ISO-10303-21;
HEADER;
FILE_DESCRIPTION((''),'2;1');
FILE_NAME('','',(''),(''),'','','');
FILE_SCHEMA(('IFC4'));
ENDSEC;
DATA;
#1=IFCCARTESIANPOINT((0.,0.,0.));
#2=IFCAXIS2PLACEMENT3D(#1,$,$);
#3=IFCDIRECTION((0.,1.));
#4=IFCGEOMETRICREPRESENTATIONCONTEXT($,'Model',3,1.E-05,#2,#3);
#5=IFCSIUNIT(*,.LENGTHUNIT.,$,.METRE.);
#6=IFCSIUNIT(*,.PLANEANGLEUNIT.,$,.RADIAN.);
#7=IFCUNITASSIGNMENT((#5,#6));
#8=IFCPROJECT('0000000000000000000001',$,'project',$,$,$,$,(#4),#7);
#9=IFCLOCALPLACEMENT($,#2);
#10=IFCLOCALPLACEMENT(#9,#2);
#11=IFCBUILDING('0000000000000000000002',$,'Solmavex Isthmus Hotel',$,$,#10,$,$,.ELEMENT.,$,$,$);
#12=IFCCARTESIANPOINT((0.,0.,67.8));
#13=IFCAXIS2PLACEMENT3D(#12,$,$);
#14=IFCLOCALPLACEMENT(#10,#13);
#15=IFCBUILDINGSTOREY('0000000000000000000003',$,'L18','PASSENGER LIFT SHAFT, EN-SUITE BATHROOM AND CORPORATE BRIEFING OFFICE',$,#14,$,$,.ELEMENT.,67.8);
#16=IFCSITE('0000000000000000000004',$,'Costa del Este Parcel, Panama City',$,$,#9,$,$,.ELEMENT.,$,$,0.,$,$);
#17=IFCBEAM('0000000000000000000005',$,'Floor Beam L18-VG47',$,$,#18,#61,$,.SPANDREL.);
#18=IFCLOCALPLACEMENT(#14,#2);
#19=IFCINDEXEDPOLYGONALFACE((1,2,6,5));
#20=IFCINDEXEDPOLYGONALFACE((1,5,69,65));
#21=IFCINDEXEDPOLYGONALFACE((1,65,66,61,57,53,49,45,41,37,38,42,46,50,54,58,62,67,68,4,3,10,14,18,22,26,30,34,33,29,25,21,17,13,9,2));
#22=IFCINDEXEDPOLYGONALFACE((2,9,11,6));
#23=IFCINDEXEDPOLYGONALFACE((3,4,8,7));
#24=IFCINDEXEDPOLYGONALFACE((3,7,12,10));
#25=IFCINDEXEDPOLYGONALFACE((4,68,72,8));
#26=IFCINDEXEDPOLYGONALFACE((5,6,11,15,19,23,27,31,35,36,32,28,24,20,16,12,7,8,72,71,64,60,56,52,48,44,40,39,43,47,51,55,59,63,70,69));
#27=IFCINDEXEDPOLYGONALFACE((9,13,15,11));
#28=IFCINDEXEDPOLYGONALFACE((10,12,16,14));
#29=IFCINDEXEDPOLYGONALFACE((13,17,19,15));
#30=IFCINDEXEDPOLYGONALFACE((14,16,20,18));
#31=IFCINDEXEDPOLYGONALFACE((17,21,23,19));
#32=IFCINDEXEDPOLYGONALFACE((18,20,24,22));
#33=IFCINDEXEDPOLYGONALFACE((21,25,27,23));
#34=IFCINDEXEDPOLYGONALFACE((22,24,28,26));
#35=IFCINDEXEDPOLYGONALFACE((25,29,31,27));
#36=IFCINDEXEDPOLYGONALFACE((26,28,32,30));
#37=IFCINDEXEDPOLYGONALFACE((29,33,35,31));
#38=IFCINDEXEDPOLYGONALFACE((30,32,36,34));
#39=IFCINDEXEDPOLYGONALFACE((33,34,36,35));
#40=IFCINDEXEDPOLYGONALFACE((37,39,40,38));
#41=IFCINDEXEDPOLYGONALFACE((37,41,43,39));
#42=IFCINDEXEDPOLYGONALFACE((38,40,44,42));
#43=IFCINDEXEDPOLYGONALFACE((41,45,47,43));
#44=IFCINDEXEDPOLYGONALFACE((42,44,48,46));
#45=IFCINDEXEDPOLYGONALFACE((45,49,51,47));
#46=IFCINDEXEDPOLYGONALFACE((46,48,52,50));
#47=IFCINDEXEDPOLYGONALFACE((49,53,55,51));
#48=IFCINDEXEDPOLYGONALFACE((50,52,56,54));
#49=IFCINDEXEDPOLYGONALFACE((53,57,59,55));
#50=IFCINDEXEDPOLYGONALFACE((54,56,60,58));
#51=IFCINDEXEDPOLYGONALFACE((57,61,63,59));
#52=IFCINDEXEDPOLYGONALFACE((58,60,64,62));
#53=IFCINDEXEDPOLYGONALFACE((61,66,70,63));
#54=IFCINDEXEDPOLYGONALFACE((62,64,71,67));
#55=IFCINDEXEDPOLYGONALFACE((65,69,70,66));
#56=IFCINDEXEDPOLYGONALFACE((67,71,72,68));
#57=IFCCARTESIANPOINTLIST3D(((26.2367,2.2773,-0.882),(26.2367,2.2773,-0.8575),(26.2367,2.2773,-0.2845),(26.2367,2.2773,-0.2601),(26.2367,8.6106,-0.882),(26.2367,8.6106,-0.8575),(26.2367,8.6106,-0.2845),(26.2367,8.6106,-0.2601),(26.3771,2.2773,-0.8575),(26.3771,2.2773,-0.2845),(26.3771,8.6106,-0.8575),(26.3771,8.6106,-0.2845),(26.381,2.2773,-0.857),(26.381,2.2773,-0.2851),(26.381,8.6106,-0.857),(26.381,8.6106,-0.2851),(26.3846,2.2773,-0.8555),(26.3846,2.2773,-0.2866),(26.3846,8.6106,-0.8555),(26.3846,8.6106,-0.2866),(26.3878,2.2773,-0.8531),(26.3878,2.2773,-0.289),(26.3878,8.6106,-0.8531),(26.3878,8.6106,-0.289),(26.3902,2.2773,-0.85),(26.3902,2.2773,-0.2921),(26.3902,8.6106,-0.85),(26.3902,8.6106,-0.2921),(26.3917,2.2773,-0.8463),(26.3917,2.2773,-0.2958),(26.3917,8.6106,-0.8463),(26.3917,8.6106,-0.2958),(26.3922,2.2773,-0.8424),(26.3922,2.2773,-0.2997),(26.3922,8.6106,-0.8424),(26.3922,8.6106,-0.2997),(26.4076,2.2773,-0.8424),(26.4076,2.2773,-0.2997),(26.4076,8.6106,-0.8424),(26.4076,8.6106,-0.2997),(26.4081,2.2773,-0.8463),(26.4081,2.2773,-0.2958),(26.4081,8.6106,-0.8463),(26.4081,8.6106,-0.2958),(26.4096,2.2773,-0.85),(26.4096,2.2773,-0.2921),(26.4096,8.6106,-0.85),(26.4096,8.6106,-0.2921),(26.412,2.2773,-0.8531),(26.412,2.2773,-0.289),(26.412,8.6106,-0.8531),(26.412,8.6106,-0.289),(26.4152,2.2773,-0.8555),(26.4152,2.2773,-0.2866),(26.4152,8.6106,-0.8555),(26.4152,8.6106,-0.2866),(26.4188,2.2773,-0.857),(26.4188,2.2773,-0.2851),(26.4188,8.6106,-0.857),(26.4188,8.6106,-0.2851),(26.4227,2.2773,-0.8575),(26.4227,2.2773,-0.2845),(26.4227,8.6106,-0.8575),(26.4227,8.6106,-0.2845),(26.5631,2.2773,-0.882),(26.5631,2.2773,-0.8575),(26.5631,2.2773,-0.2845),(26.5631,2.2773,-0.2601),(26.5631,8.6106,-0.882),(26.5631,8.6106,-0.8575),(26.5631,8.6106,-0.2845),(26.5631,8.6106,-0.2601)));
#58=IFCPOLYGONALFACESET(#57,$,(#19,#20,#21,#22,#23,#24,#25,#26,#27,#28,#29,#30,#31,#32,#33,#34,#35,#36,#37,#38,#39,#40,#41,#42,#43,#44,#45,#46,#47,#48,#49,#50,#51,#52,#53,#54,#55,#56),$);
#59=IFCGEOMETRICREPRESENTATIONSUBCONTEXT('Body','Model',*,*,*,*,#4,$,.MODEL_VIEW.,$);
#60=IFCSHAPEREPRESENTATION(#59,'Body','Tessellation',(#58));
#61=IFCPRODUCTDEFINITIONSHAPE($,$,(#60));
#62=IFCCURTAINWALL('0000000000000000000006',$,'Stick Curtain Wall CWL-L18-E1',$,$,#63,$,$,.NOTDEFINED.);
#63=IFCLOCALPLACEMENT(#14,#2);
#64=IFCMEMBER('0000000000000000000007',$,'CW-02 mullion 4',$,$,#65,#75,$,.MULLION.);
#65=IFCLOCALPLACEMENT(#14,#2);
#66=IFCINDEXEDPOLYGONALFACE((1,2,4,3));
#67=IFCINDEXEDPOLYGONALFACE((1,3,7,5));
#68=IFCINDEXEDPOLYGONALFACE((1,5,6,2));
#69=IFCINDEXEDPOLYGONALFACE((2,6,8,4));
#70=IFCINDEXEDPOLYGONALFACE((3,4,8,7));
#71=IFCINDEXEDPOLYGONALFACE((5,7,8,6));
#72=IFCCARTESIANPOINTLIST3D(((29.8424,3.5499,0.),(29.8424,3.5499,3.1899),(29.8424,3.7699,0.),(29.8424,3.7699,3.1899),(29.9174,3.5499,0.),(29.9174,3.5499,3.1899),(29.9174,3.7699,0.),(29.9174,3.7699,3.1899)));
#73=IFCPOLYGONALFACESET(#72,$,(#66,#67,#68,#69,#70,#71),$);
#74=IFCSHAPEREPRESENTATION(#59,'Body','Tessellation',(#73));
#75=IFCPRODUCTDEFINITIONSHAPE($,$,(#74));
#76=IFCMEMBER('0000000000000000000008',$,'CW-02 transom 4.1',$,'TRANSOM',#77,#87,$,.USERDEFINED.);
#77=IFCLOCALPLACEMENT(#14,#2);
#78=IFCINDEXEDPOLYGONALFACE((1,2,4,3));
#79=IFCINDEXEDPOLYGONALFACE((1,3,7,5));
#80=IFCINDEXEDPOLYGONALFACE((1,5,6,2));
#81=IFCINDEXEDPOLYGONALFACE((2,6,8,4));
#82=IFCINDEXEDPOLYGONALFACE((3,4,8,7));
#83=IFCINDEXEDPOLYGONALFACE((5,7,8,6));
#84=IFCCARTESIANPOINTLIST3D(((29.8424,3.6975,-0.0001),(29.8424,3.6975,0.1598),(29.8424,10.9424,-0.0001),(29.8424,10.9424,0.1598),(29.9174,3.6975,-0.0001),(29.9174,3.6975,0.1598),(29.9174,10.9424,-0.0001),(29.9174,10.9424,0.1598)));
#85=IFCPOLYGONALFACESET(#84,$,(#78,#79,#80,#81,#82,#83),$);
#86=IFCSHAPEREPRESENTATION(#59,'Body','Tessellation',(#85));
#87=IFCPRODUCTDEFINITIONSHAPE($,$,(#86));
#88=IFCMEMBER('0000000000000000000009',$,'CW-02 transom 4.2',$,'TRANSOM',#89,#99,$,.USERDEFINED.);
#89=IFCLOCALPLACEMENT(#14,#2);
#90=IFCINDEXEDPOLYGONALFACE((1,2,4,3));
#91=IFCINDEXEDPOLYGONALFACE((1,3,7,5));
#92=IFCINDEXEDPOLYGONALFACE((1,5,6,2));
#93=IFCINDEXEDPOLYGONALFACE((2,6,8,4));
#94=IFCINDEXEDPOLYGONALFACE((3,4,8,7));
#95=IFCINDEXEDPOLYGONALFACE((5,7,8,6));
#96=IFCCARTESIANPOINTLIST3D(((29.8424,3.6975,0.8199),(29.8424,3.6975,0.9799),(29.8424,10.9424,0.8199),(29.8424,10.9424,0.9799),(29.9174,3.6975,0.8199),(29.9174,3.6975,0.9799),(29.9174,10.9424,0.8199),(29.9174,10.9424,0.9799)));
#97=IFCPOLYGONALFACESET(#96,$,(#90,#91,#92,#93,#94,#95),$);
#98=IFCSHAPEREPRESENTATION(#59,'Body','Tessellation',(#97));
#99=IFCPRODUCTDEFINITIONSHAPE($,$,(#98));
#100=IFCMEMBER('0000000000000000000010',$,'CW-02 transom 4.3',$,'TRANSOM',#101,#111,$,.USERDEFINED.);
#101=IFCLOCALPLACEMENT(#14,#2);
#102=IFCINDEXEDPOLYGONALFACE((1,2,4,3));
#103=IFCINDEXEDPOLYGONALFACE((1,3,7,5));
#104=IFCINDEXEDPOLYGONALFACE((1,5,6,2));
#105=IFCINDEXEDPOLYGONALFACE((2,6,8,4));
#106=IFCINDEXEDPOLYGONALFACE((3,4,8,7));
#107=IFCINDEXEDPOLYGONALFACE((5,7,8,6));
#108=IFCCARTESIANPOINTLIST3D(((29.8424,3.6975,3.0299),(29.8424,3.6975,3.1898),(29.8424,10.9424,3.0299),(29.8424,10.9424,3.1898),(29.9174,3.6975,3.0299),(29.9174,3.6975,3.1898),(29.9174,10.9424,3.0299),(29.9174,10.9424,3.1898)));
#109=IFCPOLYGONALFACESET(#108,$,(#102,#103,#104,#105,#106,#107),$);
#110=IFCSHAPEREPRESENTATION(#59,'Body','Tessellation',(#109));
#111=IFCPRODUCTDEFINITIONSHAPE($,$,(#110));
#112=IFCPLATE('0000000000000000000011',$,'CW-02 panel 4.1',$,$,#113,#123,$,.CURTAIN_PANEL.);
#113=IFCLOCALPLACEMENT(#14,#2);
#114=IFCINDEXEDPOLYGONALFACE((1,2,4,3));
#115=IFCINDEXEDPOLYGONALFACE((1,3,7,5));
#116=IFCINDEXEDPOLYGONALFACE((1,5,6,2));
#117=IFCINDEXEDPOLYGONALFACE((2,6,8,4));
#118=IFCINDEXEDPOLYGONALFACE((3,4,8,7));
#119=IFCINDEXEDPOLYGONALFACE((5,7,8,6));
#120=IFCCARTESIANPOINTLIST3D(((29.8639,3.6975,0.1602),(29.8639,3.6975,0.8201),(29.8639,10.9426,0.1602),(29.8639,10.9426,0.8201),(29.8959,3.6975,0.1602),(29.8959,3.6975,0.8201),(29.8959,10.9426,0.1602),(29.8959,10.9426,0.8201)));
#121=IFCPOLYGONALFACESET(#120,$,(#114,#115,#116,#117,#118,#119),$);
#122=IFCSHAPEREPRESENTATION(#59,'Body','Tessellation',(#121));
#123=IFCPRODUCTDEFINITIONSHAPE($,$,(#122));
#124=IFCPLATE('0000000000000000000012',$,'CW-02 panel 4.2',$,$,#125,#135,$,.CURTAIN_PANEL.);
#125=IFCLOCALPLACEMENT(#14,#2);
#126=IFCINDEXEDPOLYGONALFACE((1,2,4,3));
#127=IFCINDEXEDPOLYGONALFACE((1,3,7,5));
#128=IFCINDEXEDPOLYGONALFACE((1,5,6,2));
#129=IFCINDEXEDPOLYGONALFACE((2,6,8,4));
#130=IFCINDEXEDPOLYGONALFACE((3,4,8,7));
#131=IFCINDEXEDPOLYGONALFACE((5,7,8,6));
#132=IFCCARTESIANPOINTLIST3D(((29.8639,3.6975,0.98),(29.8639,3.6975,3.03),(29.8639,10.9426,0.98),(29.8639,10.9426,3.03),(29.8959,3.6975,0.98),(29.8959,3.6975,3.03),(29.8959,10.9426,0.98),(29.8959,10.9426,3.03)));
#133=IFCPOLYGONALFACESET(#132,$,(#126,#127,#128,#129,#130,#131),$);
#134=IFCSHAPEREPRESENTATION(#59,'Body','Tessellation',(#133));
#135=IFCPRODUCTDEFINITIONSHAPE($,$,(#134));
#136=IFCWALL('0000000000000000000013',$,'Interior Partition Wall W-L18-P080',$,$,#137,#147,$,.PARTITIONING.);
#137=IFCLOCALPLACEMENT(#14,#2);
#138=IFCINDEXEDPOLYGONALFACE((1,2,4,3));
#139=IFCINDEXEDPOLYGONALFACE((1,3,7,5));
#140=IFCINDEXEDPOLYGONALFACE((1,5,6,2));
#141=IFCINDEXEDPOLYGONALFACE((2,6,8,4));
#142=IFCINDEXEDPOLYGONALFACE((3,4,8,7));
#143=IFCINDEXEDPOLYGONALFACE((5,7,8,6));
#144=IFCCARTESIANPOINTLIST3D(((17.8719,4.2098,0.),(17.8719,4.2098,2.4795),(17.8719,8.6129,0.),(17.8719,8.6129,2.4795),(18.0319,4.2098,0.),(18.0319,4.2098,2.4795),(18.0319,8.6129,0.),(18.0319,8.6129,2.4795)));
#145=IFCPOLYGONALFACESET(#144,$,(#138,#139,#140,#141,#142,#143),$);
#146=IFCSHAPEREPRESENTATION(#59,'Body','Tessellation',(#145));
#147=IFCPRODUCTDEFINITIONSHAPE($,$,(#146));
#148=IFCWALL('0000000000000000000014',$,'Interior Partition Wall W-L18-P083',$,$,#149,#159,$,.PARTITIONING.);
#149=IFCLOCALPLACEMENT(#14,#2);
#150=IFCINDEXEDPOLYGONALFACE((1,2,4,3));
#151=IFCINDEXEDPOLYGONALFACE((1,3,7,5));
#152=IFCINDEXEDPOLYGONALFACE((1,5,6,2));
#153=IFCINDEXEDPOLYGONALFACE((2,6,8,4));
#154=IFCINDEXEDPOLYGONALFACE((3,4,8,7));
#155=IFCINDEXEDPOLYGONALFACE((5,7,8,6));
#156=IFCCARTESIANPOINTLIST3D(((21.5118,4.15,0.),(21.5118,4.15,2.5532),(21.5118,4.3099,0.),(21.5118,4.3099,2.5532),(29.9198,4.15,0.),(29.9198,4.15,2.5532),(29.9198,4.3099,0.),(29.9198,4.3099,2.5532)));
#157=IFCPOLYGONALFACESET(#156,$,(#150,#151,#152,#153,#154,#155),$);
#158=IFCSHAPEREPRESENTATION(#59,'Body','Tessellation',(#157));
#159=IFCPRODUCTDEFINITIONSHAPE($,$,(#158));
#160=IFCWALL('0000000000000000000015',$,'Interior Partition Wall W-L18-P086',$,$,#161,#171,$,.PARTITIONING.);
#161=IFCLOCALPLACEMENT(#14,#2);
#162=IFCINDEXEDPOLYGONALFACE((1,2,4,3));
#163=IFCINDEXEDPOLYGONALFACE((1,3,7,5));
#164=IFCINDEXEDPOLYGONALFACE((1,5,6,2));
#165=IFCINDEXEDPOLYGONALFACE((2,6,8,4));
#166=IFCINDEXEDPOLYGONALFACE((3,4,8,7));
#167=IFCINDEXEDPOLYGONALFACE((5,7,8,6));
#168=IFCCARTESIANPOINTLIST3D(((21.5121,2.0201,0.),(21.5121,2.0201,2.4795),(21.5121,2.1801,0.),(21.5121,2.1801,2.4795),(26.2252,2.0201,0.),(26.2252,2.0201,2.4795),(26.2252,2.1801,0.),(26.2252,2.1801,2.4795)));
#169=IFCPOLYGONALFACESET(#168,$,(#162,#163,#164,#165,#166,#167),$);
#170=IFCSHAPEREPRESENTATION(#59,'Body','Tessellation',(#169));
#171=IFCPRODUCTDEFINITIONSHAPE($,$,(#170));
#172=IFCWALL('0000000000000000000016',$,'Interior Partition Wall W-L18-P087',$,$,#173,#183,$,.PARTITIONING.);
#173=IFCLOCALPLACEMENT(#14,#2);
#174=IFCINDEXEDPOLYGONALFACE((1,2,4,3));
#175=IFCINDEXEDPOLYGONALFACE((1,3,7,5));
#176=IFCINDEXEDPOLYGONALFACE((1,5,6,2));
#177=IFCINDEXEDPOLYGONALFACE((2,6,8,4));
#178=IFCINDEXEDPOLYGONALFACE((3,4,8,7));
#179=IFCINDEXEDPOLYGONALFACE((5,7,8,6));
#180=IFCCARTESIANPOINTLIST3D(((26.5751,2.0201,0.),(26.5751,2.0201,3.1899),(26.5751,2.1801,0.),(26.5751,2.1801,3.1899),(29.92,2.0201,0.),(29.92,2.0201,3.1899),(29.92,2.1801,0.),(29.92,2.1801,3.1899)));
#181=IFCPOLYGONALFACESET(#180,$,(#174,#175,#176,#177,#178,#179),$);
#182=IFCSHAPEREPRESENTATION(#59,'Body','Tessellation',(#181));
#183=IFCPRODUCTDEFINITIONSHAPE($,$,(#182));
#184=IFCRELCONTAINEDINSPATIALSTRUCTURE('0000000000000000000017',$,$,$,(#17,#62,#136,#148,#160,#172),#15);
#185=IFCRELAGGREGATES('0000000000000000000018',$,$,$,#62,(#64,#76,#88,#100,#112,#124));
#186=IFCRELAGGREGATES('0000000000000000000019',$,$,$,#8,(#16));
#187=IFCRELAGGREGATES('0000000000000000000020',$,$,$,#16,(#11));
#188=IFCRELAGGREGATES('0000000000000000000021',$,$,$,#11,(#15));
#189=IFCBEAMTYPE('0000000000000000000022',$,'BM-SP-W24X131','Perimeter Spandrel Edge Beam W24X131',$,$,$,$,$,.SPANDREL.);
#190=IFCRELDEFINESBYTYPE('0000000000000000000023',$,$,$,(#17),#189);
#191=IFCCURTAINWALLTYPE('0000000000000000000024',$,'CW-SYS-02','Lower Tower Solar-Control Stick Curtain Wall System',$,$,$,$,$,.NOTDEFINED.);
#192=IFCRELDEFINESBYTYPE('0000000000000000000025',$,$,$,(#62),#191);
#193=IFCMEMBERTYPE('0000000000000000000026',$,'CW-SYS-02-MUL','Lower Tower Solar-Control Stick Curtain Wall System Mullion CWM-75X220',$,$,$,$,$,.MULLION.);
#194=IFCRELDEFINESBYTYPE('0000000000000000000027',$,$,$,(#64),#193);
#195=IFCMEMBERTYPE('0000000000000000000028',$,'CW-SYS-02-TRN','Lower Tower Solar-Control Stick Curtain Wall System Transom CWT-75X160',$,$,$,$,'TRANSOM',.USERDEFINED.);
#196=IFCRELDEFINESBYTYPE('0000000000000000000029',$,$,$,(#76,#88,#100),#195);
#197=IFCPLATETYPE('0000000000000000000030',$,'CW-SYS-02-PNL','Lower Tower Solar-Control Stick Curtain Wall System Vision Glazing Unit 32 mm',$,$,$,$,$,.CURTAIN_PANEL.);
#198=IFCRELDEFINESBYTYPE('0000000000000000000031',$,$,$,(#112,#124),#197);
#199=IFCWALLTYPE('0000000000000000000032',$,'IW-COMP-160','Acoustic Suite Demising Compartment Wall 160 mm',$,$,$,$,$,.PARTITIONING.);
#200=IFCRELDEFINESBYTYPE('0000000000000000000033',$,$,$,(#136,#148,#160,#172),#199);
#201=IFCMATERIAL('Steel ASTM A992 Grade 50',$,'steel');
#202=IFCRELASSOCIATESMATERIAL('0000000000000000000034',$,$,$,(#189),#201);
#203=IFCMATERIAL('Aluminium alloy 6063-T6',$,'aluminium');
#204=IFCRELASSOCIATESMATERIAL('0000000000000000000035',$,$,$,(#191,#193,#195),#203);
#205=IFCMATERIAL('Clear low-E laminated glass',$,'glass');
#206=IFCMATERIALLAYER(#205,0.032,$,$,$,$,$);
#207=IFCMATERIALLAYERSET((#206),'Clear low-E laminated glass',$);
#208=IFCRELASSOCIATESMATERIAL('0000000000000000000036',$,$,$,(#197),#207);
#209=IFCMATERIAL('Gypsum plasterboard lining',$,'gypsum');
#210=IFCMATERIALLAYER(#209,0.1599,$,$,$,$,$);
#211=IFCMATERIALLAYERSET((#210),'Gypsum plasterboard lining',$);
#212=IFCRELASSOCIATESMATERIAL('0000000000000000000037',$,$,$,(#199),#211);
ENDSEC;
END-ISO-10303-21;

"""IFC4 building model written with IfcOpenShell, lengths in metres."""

from ifc_helpers import new_model, si_unit, direction, frame, frame_2d, origin, origin_2d, place, context, subcontext, project, spatial, rectangle, i_section, extrude, material, layer, layer_set, material_profile, profile_set, type_object, element, aggregate, save


model = new_model("IFC4")

# Units and contexts
model_context = context("Model", 3, precision=1e-05, world=origin(), true_north=direction((0.0, 1.0)))
body_context = subcontext(model_context, "Body", "Model", "MODEL_VIEW")
ifc_project = project(units=[si_unit("LENGTHUNIT", "METRE"), si_unit("PLANEANGLEUNIT", "RADIAN")], contexts=[model_context])

# Site, building, storey
site_placement = place(None, origin())
site = spatial("IfcSite", under=ifc_project, at=site_placement, Name="Costa del Este Parcel, Panama City", CompositionType="ELEMENT", RefElevation=0.0)
building_placement = place(site_placement, origin())
building = spatial("IfcBuilding", under=site, at=building_placement, Name="Solmavex Isthmus Hotel", CompositionType="ELEMENT")
storey_placement = place(building_placement, frame((0.0, 0.0, 67.8)))
storey = spatial("IfcBuildingStorey", under=building, at=storey_placement, Name="L18", Description="PASSENGER LIFT SHAFT, EN-SUITE BATHROOM AND CORPORATE BRIEFING OFFICE", CompositionType="ELEMENT", Elevation=67.8)

# Beam
ifc_material_1 = material(Name="Steel ASTM A992 Grade 50", Category="steel")
ifc_material_profile_1 = material_profile(ifc_material_1, i_section(OverallWidth=0.3264, OverallDepth=0.6218, WebThickness=0.0154, FlangeThickness=0.0244, FilletRadius=0.0151, at=origin_2d()), Name="W24X131")
ifc_profile_set_1 = profile_set([ifc_material_profile_1], Name="Steel ASTM A992 Grade 50")
beam_type_1 = type_object("IfcBeamType", Name="BM-SP-W24X131", Description="Perimeter Spandrel Edge Beam W24X131", PredefinedType="SPANDREL", material=ifc_profile_set_1)
beam_1_placement = place(storey_placement, frame((26.3999, 2.2773, -0.571), z_axis=(0.0, 1.0, 0.0), x_axis=(-1.0, 0.0, 0.0)))
element("IfcBeam", 1, at=beam_1_placement, inside=storey, type_object=beam_type_1, Name="Floor Beam L18-VG47", PredefinedType="SPANDREL", context=body_context, shape_type="SweptSolid", body=[
    extrude(i_section(OverallWidth=0.3264, OverallDepth=0.6218, WebThickness=0.0154, FlangeThickness=0.0244, FilletRadius=0.0151, at=origin_2d()), origin(), (0.0, 0.0, 1.0), 6.3333),
])

# Curtain wall, members, plates
ifc_material_2 = material(Name="Aluminium alloy 6063-T6", Category="aluminium")
curtain_wall_type = type_object("IfcCurtainWallType", Name="CW-SYS-02", Description="Lower Tower Solar-Control Stick Curtain Wall System", PredefinedType="NOTDEFINED", material=ifc_material_2)
curtain_wall_placement = place(storey_placement, origin())
curtain_wall = element("IfcCurtainWall", 2, at=curtain_wall_placement, inside=storey, type_object=curtain_wall_type, Name="Stick Curtain Wall CWL-L18-E1", PredefinedType="NOTDEFINED")
ifc_material_profile_2 = material_profile(ifc_material_2, rectangle(XDim=0.075, YDim=0.22, at=origin_2d()), Name="CWM-75X220")
ifc_profile_set_2 = profile_set([ifc_material_profile_2], Name="Aluminium alloy 6063-T6")
member_type_1 = type_object("IfcMemberType", Name="CW-SYS-02-MUL", Description="Lower Tower Solar-Control Stick Curtain Wall System Mullion CWM-75X220", PredefinedType="MULLION", material=ifc_profile_set_2)
member_1_placement = place(storey_placement, frame((29.8799, 3.6599, 0.0), z_axis=(0.0, 0.0, 1.0), x_axis=(-1.0, 0.0, 0.0)))
member_1 = element("IfcMember", 3, at=member_1_placement, type_object=member_type_1, Name="CW-02 mullion 4", PredefinedType="MULLION", context=body_context, shape_type="SweptSolid", body=[
    extrude(rectangle(XDim=0.075, YDim=0.22, at=origin_2d()), origin(), (0.0, 0.0, 1.0), 3.1899),
])
ifc_material_profile_3 = material_profile(ifc_material_2, rectangle(XDim=0.075, YDim=0.1599, at=origin_2d()), Name="CWT-75X160")
ifc_profile_set_3 = profile_set([ifc_material_profile_3], Name="Aluminium alloy 6063-T6")
member_type_2 = type_object("IfcMemberType", Name="CW-SYS-02-TRN", Description="Lower Tower Solar-Control Stick Curtain Wall System Transom CWT-75X160", ElementType="TRANSOM", PredefinedType="USERDEFINED", material=ifc_profile_set_3)
member_2_placement = place(storey_placement, frame((29.8799, 3.6975, 0.0798), z_axis=(0.0, 1.0, 0.0), x_axis=(-1.0, 0.0, 0.0)))
member_2 = element("IfcMember", 4, at=member_2_placement, type_object=member_type_2, Name="CW-02 transom 4.1", ObjectType="TRANSOM", PredefinedType="USERDEFINED", context=body_context, shape_type="SweptSolid", body=[
    extrude(rectangle(XDim=0.075, YDim=0.1599, at=origin_2d()), origin(), (0.0, 0.0, 1.0), 7.2449),
])
member_3_placement = place(storey_placement, frame((29.8799, 3.6975, 0.8999), z_axis=(0.0, 1.0, 0.0), x_axis=(-1.0, 0.0, 0.0)))
member_3 = element("IfcMember", 5, at=member_3_placement, type_object=member_type_2, Name="CW-02 transom 4.2", ObjectType="TRANSOM", PredefinedType="USERDEFINED", context=body_context, shape_type="SweptSolid", body=[
    extrude(rectangle(XDim=0.075, YDim=0.1599, at=origin_2d()), origin(), (0.0, 0.0, 1.0), 7.2449),
])
member_4_placement = place(storey_placement, frame((29.8799, 3.6975, 3.1099), z_axis=(0.0, 1.0, 0.0), x_axis=(-1.0, 0.0, 0.0)))
member_4 = element("IfcMember", 6, at=member_4_placement, type_object=member_type_2, Name="CW-02 transom 4.3", ObjectType="TRANSOM", PredefinedType="USERDEFINED", context=body_context, shape_type="SweptSolid", body=[
    extrude(rectangle(XDim=0.075, YDim=0.1599, at=origin_2d()), origin(), (0.0, 0.0, 1.0), 7.2449),
])
ifc_material_3 = material(Name="Clear low-E laminated glass", Category="glass")
ifc_layer_1 = layer(ifc_material_3, 0.032)
ifc_layer_set_1 = layer_set([ifc_layer_1], Name="Clear low-E laminated glass")
plate_type = type_object("IfcPlateType", Name="CW-SYS-02-PNL", Description="Lower Tower Solar-Control Stick Curtain Wall System Vision Glazing Unit 32 mm", PredefinedType="CURTAIN_PANEL", material=ifc_layer_set_1)
plate_1_placement = place(storey_placement, frame((29.8799, 7.3201, 0.1602), z_axis=(0.0, 0.0, 1.0), x_axis=(0.0, 1.0, 0.0)))
plate_1 = element("IfcPlate", 7, at=plate_1_placement, type_object=plate_type, Name="CW-02 panel 4.1", PredefinedType="CURTAIN_PANEL", context=body_context, shape_type="SweptSolid", body=[
    extrude(rectangle(XDim=7.2451, YDim=0.032, at=origin_2d()), origin(), (0.0, 0.0, 1.0), 0.6599),
])
plate_2_placement = place(storey_placement, frame((29.8799, 7.3201, 0.98), z_axis=(0.0, 0.0, 1.0), x_axis=(0.0, 1.0, 0.0)))
plate_2 = element("IfcPlate", 8, at=plate_2_placement, type_object=plate_type, Name="CW-02 panel 4.2", PredefinedType="CURTAIN_PANEL", context=body_context, shape_type="SweptSolid", body=[
    extrude(rectangle(XDim=7.2451, YDim=0.032, at=origin_2d()), origin(), (0.0, 0.0, 1.0), 2.05),
])
aggregate(curtain_wall, [member_1, member_2, member_3, member_4, plate_1, plate_2])

# Walls
ifc_material_4 = material(Name="Gypsum plasterboard lining", Category="gypsum")
ifc_layer_2 = layer(ifc_material_4, 0.1599)
ifc_layer_set_2 = layer_set([ifc_layer_2], Name="Gypsum plasterboard lining")
wall_type_1 = type_object("IfcWallType", Name="IW-COMP-160", Description="Acoustic Suite Demising Compartment Wall 160 mm", PredefinedType="PARTITIONING", material=ifc_layer_set_2)
wall_1_placement = place(storey_placement, frame((17.9519, 8.613, 0.0), z_axis=(0.0, 0.0, 1.0), x_axis=(0.0, -1.0, 0.0)))
element("IfcWall", 9, at=wall_1_placement, inside=storey, type_object=wall_type_1, Name="Interior Partition Wall W-L18-P080", PredefinedType="PARTITIONING", context=body_context, shape_type="SweptSolid", body=[
    extrude(rectangle(XDim=4.4031, YDim=0.1599, at=frame_2d((2.2017, 0.0))), origin(), (0.0, 0.0, 1.0), 2.4795),
])
wall_2_placement = place(storey_placement, frame((29.9199, 4.23, 0.0), z_axis=(0.0, 0.0, 1.0), x_axis=(-1.0, 0.0, 0.0)))
element("IfcWall", 10, at=wall_2_placement, inside=storey, type_object=wall_type_1, Name="Interior Partition Wall W-L18-P083", PredefinedType="PARTITIONING", context=body_context, shape_type="SweptSolid", body=[
    extrude(rectangle(XDim=8.408, YDim=0.1599, at=frame_2d((4.2041, 0.0))), origin(), (0.0, 0.0, 1.0), 2.5532),
])
wall_3_placement = place(storey_placement, frame((26.2251, 2.1001, 0.0), z_axis=(0.0, 0.0, 1.0), x_axis=(-1.0, 0.0, 0.0)))
element("IfcWall", 11, at=wall_3_placement, inside=storey, type_object=wall_type_1, Name="Interior Partition Wall W-L18-P086", PredefinedType="PARTITIONING", context=body_context, shape_type="SweptSolid", body=[
    extrude(rectangle(XDim=4.7131, YDim=0.1599, at=frame_2d((2.3564, 0.0))), origin(), (0.0, 0.0, 1.0), 2.4795),
])
wall_4_placement = place(storey_placement, frame((29.9199, 2.1001, 0.0), z_axis=(0.0, 0.0, 1.0), x_axis=(-1.0, 0.0, 0.0)))
element("IfcWall", 12, at=wall_4_placement, inside=storey, type_object=wall_type_1, Name="Interior Partition Wall W-L18-P087", PredefinedType="PARTITIONING", context=body_context, shape_type="SweptSolid", body=[
    extrude(rectangle(XDim=3.345, YDim=0.1599, at=frame_2d((1.6724, 0.0))), origin(), (0.0, 0.0, 1.0), 3.1899),
])

save(model, "model.ifc")
